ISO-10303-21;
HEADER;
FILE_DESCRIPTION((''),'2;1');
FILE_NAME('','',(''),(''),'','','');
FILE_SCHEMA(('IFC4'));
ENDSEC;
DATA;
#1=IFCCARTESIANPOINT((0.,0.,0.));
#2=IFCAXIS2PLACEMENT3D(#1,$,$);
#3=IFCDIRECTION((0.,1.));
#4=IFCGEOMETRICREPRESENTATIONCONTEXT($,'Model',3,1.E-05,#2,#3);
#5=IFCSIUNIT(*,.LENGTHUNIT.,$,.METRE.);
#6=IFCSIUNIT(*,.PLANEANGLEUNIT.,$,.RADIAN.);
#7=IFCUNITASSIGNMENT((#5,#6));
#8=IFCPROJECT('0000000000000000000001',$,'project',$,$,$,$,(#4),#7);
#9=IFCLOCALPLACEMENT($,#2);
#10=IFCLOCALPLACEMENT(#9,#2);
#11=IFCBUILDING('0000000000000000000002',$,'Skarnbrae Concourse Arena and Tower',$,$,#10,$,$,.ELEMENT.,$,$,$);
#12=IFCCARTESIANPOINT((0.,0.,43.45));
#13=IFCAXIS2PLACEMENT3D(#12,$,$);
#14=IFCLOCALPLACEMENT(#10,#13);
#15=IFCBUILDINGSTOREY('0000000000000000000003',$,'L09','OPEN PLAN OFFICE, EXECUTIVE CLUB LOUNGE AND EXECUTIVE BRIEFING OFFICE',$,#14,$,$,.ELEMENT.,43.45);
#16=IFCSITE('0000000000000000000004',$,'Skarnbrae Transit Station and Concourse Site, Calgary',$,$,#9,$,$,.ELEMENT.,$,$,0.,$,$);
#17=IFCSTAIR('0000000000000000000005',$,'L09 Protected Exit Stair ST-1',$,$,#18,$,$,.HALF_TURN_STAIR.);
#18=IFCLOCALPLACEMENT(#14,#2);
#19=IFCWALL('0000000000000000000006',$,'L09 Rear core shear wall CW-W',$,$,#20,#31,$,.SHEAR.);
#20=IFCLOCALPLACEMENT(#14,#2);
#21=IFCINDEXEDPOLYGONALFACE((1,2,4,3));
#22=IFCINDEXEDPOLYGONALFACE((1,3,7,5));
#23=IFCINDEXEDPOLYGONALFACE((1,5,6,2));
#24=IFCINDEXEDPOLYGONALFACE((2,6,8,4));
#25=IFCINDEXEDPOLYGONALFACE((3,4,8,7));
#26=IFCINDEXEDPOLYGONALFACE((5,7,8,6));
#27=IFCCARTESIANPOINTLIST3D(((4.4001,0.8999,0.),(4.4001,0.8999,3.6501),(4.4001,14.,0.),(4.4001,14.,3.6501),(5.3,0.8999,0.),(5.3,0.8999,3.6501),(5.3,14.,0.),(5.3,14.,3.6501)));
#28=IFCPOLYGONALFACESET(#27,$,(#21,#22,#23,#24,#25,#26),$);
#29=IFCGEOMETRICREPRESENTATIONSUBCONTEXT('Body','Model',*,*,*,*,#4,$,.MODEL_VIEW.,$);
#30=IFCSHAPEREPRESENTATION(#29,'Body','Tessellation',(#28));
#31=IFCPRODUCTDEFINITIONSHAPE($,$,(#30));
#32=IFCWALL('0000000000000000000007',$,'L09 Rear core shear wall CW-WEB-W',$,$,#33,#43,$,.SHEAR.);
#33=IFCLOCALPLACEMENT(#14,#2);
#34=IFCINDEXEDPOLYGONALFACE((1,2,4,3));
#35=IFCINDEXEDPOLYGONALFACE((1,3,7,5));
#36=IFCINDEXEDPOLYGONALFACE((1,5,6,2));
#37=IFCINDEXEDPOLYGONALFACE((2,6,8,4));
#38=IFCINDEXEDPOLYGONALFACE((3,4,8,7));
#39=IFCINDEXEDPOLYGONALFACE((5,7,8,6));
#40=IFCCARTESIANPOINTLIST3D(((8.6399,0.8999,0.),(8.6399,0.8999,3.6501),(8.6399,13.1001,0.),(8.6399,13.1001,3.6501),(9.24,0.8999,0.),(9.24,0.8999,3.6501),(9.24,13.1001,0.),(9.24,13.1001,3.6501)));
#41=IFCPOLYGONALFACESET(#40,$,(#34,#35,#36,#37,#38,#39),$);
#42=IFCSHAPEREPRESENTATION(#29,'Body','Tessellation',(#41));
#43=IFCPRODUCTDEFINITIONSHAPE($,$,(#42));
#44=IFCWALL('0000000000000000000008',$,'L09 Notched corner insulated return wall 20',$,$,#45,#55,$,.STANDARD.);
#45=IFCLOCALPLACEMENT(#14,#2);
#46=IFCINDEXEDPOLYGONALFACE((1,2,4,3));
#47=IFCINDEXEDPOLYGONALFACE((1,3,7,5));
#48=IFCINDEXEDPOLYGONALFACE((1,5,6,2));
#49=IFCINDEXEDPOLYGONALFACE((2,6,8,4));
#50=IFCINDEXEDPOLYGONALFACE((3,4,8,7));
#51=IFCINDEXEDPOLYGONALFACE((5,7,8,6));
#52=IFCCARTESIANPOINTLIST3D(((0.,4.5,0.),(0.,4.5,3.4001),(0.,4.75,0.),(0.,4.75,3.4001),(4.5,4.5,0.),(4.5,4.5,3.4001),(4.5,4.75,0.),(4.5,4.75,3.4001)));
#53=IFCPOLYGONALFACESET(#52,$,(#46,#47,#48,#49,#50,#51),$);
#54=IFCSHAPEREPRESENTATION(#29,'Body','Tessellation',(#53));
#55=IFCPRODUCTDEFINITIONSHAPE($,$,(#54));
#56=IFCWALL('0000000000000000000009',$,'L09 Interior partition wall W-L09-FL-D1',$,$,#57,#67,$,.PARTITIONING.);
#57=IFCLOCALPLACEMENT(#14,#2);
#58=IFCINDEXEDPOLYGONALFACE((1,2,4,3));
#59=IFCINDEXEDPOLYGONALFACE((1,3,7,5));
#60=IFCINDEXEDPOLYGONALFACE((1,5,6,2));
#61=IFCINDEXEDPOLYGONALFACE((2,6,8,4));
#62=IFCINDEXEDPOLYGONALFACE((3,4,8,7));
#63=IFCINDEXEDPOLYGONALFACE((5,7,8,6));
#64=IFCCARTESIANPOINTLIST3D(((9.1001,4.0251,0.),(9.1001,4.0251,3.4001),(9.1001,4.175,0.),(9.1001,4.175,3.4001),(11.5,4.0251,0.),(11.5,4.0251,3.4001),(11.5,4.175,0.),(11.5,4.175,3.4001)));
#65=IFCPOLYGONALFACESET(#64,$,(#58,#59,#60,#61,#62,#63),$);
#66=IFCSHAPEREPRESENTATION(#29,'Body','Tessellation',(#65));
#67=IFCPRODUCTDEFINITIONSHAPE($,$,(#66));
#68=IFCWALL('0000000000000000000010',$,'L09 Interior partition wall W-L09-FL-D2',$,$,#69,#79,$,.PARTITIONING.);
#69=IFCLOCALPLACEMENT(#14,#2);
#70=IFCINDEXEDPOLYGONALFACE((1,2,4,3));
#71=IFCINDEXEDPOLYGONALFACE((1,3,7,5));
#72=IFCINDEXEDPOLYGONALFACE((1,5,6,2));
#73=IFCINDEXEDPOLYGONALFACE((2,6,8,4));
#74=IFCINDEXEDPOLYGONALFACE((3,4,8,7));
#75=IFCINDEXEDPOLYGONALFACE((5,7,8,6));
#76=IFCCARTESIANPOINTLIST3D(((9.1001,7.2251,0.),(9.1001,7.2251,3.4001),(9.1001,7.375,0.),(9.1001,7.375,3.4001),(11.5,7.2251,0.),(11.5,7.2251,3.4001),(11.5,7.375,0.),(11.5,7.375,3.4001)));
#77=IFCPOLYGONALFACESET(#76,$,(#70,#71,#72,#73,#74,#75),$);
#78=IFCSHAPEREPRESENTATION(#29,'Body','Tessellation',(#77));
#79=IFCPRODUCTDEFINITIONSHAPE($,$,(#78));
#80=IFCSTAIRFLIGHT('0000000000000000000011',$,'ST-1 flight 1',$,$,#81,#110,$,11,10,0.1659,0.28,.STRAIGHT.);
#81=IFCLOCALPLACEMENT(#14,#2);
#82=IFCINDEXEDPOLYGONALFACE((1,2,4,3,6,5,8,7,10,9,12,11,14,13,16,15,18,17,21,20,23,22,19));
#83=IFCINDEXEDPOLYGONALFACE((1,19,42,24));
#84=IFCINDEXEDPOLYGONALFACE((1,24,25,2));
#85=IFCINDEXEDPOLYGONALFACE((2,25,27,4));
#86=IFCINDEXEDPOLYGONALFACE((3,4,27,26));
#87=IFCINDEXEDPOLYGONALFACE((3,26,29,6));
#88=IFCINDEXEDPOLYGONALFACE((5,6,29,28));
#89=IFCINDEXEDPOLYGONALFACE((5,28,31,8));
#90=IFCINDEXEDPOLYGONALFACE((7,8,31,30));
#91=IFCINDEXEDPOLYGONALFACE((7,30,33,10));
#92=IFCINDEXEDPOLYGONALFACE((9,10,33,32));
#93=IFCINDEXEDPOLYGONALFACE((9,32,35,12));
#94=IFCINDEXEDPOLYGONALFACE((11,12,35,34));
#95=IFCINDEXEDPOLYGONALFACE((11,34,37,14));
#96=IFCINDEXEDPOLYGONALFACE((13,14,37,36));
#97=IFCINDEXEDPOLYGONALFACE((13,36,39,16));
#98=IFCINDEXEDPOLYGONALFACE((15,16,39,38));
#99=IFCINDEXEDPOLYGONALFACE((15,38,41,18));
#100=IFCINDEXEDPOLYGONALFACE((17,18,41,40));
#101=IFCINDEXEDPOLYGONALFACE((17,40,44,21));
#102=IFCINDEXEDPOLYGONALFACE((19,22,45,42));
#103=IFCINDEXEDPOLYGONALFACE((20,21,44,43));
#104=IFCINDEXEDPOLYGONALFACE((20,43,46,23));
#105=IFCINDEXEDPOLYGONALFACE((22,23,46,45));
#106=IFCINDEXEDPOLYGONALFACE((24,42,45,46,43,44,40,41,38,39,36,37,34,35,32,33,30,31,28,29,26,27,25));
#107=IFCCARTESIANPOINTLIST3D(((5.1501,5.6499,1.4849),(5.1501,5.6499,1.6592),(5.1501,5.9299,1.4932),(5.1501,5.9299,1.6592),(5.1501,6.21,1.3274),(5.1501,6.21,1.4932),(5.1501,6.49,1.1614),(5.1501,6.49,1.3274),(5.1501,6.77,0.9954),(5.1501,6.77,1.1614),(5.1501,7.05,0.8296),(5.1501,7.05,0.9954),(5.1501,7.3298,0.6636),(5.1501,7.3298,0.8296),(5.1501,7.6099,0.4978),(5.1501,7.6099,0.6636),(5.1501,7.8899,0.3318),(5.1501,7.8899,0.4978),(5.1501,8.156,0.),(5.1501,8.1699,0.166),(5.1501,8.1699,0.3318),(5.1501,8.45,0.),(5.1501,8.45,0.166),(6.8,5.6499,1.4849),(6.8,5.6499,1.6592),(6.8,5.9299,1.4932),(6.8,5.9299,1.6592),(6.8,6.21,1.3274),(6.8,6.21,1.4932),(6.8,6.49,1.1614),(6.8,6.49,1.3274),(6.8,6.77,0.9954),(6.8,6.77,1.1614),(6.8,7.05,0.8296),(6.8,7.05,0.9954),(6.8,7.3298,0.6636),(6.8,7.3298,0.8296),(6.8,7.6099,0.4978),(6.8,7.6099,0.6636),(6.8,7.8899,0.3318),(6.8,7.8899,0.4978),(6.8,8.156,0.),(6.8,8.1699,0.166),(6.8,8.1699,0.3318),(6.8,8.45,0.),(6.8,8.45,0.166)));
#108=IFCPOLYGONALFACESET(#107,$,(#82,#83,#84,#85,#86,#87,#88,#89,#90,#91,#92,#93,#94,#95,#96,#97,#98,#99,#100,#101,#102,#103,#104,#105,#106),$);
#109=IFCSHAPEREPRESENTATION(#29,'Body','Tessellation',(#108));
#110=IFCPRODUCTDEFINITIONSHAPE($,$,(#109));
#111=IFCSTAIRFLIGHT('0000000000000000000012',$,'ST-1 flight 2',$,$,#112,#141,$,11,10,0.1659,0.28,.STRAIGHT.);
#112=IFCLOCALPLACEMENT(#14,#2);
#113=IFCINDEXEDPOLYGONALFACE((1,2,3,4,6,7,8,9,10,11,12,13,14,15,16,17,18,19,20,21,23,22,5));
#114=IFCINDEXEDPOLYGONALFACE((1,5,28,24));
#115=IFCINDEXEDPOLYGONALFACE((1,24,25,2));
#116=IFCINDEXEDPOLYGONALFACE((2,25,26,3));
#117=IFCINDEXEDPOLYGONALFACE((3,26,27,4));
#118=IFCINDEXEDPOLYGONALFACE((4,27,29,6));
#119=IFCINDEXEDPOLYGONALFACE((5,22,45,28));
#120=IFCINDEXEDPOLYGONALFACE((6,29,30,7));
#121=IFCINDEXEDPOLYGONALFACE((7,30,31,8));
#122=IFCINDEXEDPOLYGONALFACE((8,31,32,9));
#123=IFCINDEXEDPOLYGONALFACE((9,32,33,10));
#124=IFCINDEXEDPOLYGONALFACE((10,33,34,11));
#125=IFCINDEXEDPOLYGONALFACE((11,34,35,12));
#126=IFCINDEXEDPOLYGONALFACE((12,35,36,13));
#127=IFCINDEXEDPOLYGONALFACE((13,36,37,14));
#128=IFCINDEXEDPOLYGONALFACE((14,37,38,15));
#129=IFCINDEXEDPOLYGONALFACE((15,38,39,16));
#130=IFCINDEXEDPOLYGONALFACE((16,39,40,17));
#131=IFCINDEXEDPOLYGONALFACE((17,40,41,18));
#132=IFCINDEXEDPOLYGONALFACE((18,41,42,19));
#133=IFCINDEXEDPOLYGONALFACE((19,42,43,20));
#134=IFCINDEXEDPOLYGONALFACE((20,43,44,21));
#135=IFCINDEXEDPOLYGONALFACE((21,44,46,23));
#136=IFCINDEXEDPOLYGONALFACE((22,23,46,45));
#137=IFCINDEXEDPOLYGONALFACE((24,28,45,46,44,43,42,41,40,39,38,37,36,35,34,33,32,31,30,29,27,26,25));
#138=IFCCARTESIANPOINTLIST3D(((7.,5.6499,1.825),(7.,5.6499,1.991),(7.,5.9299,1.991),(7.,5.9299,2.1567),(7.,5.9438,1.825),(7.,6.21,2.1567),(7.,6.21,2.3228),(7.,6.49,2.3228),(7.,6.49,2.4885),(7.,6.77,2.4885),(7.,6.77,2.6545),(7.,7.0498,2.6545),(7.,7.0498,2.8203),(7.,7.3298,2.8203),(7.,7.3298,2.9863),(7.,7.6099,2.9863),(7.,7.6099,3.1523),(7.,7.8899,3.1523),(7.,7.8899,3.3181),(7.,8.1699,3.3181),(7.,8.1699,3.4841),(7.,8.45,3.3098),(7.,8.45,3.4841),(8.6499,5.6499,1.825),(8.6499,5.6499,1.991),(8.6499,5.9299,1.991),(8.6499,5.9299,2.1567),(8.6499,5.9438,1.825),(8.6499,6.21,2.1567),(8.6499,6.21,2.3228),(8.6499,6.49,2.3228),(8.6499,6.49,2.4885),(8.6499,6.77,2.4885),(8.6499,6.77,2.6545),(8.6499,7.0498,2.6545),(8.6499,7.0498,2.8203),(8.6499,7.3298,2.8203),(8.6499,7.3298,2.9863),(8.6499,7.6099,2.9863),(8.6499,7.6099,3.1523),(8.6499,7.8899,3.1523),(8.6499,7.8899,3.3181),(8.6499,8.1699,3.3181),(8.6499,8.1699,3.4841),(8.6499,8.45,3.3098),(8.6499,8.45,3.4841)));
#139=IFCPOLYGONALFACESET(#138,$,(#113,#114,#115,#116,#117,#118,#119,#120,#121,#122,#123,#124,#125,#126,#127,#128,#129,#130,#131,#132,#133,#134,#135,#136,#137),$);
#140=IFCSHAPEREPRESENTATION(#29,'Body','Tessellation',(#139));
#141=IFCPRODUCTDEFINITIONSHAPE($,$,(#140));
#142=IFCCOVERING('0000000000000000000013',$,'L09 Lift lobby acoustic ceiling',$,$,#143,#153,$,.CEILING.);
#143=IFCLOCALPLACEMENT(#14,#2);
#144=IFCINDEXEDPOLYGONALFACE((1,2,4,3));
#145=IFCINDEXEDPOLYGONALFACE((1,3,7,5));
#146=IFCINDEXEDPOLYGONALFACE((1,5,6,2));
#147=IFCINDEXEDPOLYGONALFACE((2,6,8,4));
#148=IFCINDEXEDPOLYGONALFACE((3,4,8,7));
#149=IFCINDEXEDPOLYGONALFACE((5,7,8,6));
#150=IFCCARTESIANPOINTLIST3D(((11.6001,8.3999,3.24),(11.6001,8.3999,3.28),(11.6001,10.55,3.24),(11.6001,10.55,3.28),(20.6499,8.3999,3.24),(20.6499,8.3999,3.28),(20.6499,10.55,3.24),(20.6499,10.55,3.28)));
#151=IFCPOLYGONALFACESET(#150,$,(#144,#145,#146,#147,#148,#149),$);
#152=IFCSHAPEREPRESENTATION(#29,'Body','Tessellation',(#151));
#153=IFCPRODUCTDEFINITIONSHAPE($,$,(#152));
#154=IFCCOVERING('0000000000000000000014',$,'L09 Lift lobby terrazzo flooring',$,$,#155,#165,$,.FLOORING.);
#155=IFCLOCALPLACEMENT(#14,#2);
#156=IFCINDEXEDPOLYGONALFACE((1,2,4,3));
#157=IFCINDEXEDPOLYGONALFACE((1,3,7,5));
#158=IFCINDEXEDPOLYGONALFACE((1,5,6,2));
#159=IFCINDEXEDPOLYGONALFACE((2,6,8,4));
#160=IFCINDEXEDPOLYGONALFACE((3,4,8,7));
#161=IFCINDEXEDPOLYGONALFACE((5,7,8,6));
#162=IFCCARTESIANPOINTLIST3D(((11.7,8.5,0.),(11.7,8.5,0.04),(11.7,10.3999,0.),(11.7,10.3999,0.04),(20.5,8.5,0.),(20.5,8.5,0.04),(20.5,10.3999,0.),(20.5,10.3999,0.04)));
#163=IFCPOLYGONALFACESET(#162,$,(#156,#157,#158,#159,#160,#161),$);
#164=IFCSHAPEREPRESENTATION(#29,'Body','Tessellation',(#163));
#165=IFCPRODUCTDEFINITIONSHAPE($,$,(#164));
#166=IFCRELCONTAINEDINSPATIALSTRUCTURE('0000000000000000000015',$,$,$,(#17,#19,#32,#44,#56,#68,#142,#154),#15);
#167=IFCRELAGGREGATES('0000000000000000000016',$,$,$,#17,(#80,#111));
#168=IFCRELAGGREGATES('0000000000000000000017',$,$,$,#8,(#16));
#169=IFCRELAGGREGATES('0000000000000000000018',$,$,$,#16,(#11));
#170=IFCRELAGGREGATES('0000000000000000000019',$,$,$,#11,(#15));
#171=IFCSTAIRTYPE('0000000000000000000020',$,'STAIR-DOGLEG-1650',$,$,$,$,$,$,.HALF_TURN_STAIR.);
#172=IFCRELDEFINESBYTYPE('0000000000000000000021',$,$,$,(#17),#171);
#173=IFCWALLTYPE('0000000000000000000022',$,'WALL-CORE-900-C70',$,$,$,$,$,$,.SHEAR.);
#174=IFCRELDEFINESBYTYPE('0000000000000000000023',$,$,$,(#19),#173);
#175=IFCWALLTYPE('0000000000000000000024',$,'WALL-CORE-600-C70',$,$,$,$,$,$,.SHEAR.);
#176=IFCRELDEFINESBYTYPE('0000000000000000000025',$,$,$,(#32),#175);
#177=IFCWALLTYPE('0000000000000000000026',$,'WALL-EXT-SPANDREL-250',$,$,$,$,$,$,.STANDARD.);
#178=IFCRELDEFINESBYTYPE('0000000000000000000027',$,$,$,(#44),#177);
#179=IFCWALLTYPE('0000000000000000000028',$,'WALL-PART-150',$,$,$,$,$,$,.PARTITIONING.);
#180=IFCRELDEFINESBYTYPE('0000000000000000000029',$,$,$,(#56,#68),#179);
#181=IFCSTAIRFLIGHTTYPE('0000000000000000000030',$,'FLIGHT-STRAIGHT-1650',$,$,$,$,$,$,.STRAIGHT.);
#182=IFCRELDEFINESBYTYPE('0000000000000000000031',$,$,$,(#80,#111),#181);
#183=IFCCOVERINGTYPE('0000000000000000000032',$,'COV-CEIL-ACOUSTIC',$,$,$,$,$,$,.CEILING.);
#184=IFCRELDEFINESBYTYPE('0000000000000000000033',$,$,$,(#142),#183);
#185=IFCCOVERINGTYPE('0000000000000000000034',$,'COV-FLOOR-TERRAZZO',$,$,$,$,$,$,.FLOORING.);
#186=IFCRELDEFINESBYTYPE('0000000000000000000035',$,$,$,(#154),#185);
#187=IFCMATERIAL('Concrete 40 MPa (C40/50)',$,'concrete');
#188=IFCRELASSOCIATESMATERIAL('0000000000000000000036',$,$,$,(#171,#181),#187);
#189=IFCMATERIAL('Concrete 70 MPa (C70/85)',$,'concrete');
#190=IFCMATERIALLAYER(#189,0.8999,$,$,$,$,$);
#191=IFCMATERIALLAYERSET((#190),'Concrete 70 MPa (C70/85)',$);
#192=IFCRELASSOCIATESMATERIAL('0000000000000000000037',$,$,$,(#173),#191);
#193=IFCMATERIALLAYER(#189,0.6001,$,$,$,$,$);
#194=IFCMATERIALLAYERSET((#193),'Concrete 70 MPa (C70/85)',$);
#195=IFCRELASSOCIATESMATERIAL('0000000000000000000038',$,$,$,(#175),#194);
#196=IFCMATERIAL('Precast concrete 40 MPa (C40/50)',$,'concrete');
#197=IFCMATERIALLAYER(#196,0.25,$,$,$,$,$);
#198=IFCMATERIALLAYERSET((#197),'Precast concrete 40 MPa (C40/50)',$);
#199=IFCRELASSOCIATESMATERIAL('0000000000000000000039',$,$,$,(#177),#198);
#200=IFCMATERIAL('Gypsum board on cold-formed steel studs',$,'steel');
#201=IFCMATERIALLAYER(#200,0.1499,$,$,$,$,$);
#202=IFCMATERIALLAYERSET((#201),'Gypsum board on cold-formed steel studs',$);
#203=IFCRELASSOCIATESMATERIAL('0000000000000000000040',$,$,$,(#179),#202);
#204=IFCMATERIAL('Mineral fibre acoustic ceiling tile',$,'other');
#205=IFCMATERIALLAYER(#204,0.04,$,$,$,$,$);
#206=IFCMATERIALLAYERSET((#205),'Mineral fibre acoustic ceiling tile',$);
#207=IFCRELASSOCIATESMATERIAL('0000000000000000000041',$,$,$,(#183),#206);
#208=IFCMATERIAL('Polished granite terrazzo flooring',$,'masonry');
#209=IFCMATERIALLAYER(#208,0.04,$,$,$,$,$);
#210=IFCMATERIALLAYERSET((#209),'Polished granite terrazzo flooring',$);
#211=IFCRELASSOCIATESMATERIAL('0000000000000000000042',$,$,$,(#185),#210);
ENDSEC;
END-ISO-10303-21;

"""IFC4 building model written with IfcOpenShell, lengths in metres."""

from ifc_helpers import new_model, si_unit, direction, frame, frame_2d, origin, place, context, subcontext, project, spatial, polyline, rectangle, outline, extrude, source, transform, mapped, material, layer, layer_set, type_object, element, aggregate, save


model = new_model("IFC4")

# Units and contexts
model_context = context("Model", 3, precision=1e-05, world=origin(), true_north=direction((0.0, 1.0)))
body_context = subcontext(model_context, "Body", "Model", "MODEL_VIEW")
ifc_project = project(units=[si_unit("LENGTHUNIT", "METRE"), si_unit("PLANEANGLEUNIT", "RADIAN")], contexts=[model_context])

# Site, building, storey
site_placement = place(None, origin())
site = spatial("IfcSite", under=ifc_project, at=site_placement, Name="Skarnbrae Transit Station and Concourse Site, Calgary", CompositionType="ELEMENT", RefElevation=0.0)
building_placement = place(site_placement, origin())
building = spatial("IfcBuilding", under=site, at=building_placement, Name="Skarnbrae Concourse Arena and Tower", CompositionType="ELEMENT")
storey_placement = place(building_placement, frame((0.0, 0.0, 43.45)))
storey = spatial("IfcBuildingStorey", under=building, at=storey_placement, Name="L09", Description="OPEN PLAN OFFICE, EXECUTIVE CLUB LOUNGE AND EXECUTIVE BRIEFING OFFICE", CompositionType="ELEMENT", Elevation=43.45)

# Stair
ifc_material_1 = material(Name="Concrete 40 MPa (C40/50)", Category="concrete")
stair_type = type_object("IfcStairType", Name="STAIR-DOGLEG-1650", PredefinedType="HALF_TURN_STAIR", material=ifc_material_1)
stair_1_placement = place(storey_placement, origin())
stair_1 = element("IfcStair", 1, at=stair_1_placement, inside=storey, type_object=stair_type, Name="L09 Protected Exit Stair ST-1", PredefinedType="HALF_TURN_STAIR")

# Walls
ifc_material_2 = material(Name="Concrete 70 MPa (C70/85)", Category="concrete")
ifc_layer_1 = layer(ifc_material_2, 0.8999)
ifc_layer_set_1 = layer_set([ifc_layer_1], Name="Concrete 70 MPa (C70/85)")
wall_type_1 = type_object("IfcWallType", Name="WALL-CORE-900-C70", PredefinedType="SHEAR", material=ifc_layer_set_1)
shared_shape_1 = source(origin(), body_context, "Body", "SweptSolid", [
    extrude(rectangle(XDim=13.1001, YDim=0.8999, at=frame_2d((6.55, 0.0))), origin(), (0.0, 0.0, 1.0), 3.6501),
])
wall_1_placement = place(storey_placement, frame((4.8501, 0.8999, 0.0), z_axis=(0.0, 0.0, 1.0), x_axis=(0.0, 1.0, 0.0)))
element("IfcWall", 2, at=wall_1_placement, inside=storey, type_object=wall_type_1, Name="L09 Rear core shear wall CW-W", PredefinedType="SHEAR", context=body_context, shape_type="MappedRepresentation", body=[
    mapped(shared_shape_1, transform((0.0, 0.0, 0.0))),
])
ifc_layer_2 = layer(ifc_material_2, 0.6001)
ifc_layer_set_2 = layer_set([ifc_layer_2], Name="Concrete 70 MPa (C70/85)")
wall_type_2 = type_object("IfcWallType", Name="WALL-CORE-600-C70", PredefinedType="SHEAR", material=ifc_layer_set_2)
shared_shape_2 = source(origin(), body_context, "Body", "SweptSolid", [
    extrude(rectangle(XDim=12.2002, YDim=0.6001, at=frame_2d((6.1001, 0.0))), origin(), (0.0, 0.0, 1.0), 3.6501),
])
wall_2_placement = place(storey_placement, frame((8.9399, 0.8999, 0.0), z_axis=(0.0, 0.0, 1.0), x_axis=(0.0, 1.0, 0.0)))
element("IfcWall", 3, at=wall_2_placement, inside=storey, type_object=wall_type_2, Name="L09 Rear core shear wall CW-WEB-W", PredefinedType="SHEAR", context=body_context, shape_type="MappedRepresentation", body=[
    mapped(shared_shape_2, transform((0.0, 0.0, 0.0))),
])
ifc_material_3 = material(Name="Precast concrete 40 MPa (C40/50)", Category="concrete")
ifc_layer_3 = layer(ifc_material_3, 0.25)
ifc_layer_set_3 = layer_set([ifc_layer_3], Name="Precast concrete 40 MPa (C40/50)")
wall_type_3 = type_object("IfcWallType", Name="WALL-EXT-SPANDREL-250", PredefinedType="STANDARD", material=ifc_layer_set_3)
shared_shape_3 = source(origin(), body_context, "Body", "SweptSolid", [
    extrude(rectangle(XDim=4.5, YDim=0.25, at=frame_2d((2.25, 0.0))), origin(), (0.0, 0.0, 1.0), 3.4001),
])
wall_3_placement = place(storey_placement, frame((0.0, 4.625, 0.0), z_axis=(0.0, 0.0, 1.0), x_axis=(1.0, 0.0, 0.0)))
element("IfcWall", 4, at=wall_3_placement, inside=storey, type_object=wall_type_3, Name="L09 Notched corner insulated return wall 20", PredefinedType="STANDARD", context=body_context, shape_type="MappedRepresentation", body=[
    mapped(shared_shape_3, transform((0.0, 0.0, 0.0))),
])
ifc_material_4 = material(Name="Gypsum board on cold-formed steel studs", Category="steel")
ifc_layer_4 = layer(ifc_material_4, 0.1499)
ifc_layer_set_4 = layer_set([ifc_layer_4], Name="Gypsum board on cold-formed steel studs")
wall_type_4 = type_object("IfcWallType", Name="WALL-PART-150", PredefinedType="PARTITIONING", material=ifc_layer_set_4)
shared_shape_4 = source(origin(), body_context, "Body", "SweptSolid", [
    extrude(rectangle(XDim=2.3999, YDim=0.1499, at=frame_2d((1.2, 0.0))), origin(), (0.0, 0.0, 1.0), 3.4001),
])
for number, where, z_axis, x_axis, name in (
    (5, (9.1001, 4.1001, 0.0), (0.0, 0.0, 1.0), (1.0, 0.0, 0.0), "L09 Interior partition wall W-L09-FL-D1"),
    (6, (9.1001, 7.3, 0.0), (0.0, 0.0, 1.0), (1.0, 0.0, 0.0), "L09 Interior partition wall W-L09-FL-D2"),
):
    element("IfcWall", number, at=place(storey_placement, frame(where, z_axis=z_axis, x_axis=x_axis)), inside=storey, type_object=wall_type_4, Name=name, PredefinedType="PARTITIONING", context=body_context, shape_type="MappedRepresentation", body=[
        mapped(shared_shape_4, transform((0.0, 0.0, 0.0))),
    ])

# Stair flights
stair_flight_type = type_object("IfcStairFlightType", Name="FLIGHT-STRAIGHT-1650", PredefinedType="STRAIGHT", material=ifc_material_1)
shared_shape_5 = source(origin(), body_context, "Body", "SweptSolid", [
    extrude(outline(polyline([(0.0, 0.0), (0.0, 0.166), (0.28, 0.166), (0.28, 0.3318), (0.5601, 0.3318), (0.5601, 0.4978), (0.8401, 0.4978), (0.8401, 0.6636), (1.1201, 0.6636), (1.1201, 0.8296), (1.3999, 0.8296), (1.3999, 0.9954), (1.6799, 0.9954), (1.6799, 1.1614), (1.96, 1.1614), (1.96, 1.3274), (2.24, 1.3274), (2.24, 1.4932), (2.52, 1.4932), (2.52, 1.6592), (2.8, 1.6592), (2.8, 1.825), (2.8, 1.4849), (0.2939, 0.0), (0.0, 0.0)])), frame((0.0, 0.825, 0.0), z_axis=(0.0, -1.0, 0.0), x_axis=(1.0, 0.0, 0.0)), (0.0, 0.0, 1.0), 1.6499),
])
stair_flight_1_placement = place(storey_placement, frame((5.9751, 8.45, 0.0), z_axis=(0.0, 0.0, 1.0), x_axis=(0.0, -1.0, 0.0)))
stair_flight_1 = element("IfcStairFlight", 7, at=stair_flight_1_placement, type_object=stair_flight_type, Name="ST-1 flight 1", NumberOfRisers=11, NumberOfTreads=10, PredefinedType="STRAIGHT", RiserHeight=0.1659, TreadLength=0.28, context=body_context, shape_type="MappedRepresentation", body=[
    mapped(shared_shape_5, transform((0.0, 0.0, 0.0))),
])
stair_flight_2_placement = place(storey_placement, frame((7.825, 5.6499, 1.825), z_axis=(0.0, 0.0, 1.0), x_axis=(0.0, 1.0, 0.0)))
stair_flight_2 = element("IfcStairFlight", 8, at=stair_flight_2_placement, type_object=stair_flight_type, Name="ST-1 flight 2", NumberOfRisers=11, NumberOfTreads=10, PredefinedType="STRAIGHT", RiserHeight=0.1659, TreadLength=0.28, context=body_context, shape_type="MappedRepresentation", body=[
    mapped(shared_shape_5, transform((0.0, 0.0, 0.0))),
])
aggregate(stair_1, [stair_flight_1, stair_flight_2])

# Coverings
ifc_material_5 = material(Name="Mineral fibre acoustic ceiling tile", Category="other")
ifc_layer_5 = layer(ifc_material_5, 0.04)
ifc_layer_set_5 = layer_set([ifc_layer_5], Name="Mineral fibre acoustic ceiling tile")
covering_type_1 = type_object("IfcCoveringType", Name="COV-CEIL-ACOUSTIC", PredefinedType="CEILING", material=ifc_layer_set_5)
covering_1_placement = place(storey_placement, frame((0.0, 0.0, 3.24)))
element("IfcCovering", 9, at=covering_1_placement, inside=storey, type_object=covering_type_1, Name="L09 Lift lobby acoustic ceiling", PredefinedType="CEILING", context=body_context, shape_type="SweptSolid", body=[
    extrude(outline(polyline([(11.6001, 8.3999), (20.6499, 8.3999), (20.6499, 10.55), (11.6001, 10.55), (11.6001, 8.3999)])), origin(), (0.0, 0.0, 1.0), 0.04),
])
ifc_material_6 = material(Name="Polished granite terrazzo flooring", Category="masonry")
ifc_layer_6 = layer(ifc_material_6, 0.04)
ifc_layer_set_6 = layer_set([ifc_layer_6], Name="Polished granite terrazzo flooring")
covering_type_2 = type_object("IfcCoveringType", Name="COV-FLOOR-TERRAZZO", PredefinedType="FLOORING", material=ifc_layer_set_6)
covering_2_placement = place(storey_placement, origin())
element("IfcCovering", 10, at=covering_2_placement, inside=storey, type_object=covering_type_2, Name="L09 Lift lobby terrazzo flooring", PredefinedType="FLOORING", context=body_context, shape_type="SweptSolid", body=[
    extrude(outline(polyline([(11.7, 8.5), (20.5, 8.5), (20.5, 10.3999), (11.7, 10.3999), (11.7, 8.5)])), origin(), (0.0, 0.0, 1.0), 0.04),
])

save(model, "model.ifc")
